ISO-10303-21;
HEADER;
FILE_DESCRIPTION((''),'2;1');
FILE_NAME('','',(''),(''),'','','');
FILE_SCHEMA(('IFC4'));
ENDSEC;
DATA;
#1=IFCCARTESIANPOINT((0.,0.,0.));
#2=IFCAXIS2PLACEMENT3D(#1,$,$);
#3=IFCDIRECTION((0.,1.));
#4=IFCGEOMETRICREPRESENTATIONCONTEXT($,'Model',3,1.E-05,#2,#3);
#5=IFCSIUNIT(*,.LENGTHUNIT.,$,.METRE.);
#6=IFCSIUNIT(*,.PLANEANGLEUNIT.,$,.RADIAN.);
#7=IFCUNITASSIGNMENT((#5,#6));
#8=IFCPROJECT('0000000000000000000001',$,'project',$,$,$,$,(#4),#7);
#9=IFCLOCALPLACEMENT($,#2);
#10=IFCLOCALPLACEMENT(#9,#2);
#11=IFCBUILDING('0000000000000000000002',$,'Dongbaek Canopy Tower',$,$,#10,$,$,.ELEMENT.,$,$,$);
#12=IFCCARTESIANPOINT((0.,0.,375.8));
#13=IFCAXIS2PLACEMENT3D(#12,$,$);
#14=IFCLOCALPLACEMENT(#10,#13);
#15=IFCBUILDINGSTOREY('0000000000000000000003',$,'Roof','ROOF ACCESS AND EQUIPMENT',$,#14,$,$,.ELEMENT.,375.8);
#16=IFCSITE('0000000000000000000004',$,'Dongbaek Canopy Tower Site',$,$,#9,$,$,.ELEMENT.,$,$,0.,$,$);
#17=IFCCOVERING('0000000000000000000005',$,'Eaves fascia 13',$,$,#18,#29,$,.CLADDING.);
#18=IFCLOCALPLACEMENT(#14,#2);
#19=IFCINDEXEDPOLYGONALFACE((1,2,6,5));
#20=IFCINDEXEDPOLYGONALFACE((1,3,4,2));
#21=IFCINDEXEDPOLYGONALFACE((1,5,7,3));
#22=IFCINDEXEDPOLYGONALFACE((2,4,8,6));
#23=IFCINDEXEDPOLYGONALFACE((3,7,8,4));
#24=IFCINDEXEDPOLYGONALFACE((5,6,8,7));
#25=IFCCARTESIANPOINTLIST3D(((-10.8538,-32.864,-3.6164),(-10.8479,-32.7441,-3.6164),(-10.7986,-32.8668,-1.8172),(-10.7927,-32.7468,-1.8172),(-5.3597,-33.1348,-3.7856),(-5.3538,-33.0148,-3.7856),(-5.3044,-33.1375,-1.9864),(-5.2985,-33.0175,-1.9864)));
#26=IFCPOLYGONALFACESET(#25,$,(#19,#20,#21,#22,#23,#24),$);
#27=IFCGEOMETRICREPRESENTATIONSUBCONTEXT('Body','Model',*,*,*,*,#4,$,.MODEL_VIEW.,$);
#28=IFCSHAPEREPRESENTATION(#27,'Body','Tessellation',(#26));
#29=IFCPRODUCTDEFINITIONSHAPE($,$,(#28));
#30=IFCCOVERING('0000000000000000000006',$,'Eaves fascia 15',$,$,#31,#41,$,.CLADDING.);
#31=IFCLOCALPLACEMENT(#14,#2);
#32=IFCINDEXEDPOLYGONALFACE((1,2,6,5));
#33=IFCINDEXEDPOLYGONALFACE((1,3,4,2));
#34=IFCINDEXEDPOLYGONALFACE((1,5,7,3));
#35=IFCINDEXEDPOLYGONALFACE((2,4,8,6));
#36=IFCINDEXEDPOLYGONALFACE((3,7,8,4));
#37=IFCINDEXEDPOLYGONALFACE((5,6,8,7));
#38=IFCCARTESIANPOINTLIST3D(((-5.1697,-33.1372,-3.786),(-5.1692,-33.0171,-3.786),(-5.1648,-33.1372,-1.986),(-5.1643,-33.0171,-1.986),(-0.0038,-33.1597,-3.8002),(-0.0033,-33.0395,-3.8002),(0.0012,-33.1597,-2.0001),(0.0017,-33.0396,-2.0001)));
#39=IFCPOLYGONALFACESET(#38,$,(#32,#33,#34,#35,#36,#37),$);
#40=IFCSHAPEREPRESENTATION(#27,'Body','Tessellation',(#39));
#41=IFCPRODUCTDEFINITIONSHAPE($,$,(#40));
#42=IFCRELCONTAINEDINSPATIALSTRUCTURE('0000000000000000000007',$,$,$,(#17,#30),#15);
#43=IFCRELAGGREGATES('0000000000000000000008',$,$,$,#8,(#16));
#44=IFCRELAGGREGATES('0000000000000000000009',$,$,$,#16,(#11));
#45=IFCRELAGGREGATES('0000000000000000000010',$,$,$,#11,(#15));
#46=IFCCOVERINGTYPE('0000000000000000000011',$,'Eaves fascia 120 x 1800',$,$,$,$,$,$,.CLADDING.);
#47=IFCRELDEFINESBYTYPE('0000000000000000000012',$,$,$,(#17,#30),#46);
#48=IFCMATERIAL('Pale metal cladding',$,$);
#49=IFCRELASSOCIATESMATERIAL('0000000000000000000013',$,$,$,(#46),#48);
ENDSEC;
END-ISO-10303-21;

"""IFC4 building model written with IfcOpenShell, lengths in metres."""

from ifc_helpers import new_model, si_unit, direction, frame, origin, origin_2d, place, context, subcontext, project, spatial, rectangle, extrude, material, material_profile, profile_set, type_object, element, save


model = new_model("IFC4")

# Units and contexts
model_context = context("Model", 3, precision=1e-05, world=origin(), true_north=direction((0.0, 1.0)))
body_context = subcontext(model_context, "Body", "Model", "MODEL_VIEW")
ifc_project = project(units=[si_unit("LENGTHUNIT", "METRE"), si_unit("PLANEANGLEUNIT", "RADIAN")], contexts=[model_context])

# Site, building, storey
site_placement = place(None, origin())
site = spatial("IfcSite", under=ifc_project, at=site_placement, Name="Dongbaek Canopy Tower Site", CompositionType="ELEMENT", RefElevation=0.0)
building_placement = place(site_placement, origin())
building = spatial("IfcBuilding", under=site, at=building_placement, Name="Dongbaek Canopy Tower", CompositionType="ELEMENT")
storey_placement = place(building_placement, frame((0.0, 0.0, 375.8)))
storey = spatial("IfcBuildingStorey", under=building, at=storey_placement, Name="Roof", Description="ROOF ACCESS AND EQUIPMENT", CompositionType="ELEMENT", Elevation=375.8)

# Coverings
ifc_material_1 = material(Name="Pale metal cladding")
ifc_material_profile_1 = material_profile(ifc_material_1, rectangle(XDim=0.1201, YDim=1.8, at=origin_2d()), Name="Eaves fascia 120 x 1800")
ifc_profile_set_1 = profile_set([ifc_material_profile_1], Name="Pale metal cladding")
covering_type = type_object("IfcCoveringType", Name="Eaves fascia 120 x 1800", PredefinedType="CLADDING", material=ifc_profile_set_1)
covering_1_placement = place(storey_placement, frame((-10.8232, -32.8054, -2.7168), z_axis=(0.998316, -0.049197, -0.030743), x_axis=(0.04922, 0.998788, 0.0)))
element("IfcCovering", 1, at=covering_1_placement, inside=storey, type_object=covering_type, Name="Eaves fascia 13", PredefinedType="CLADDING", context=body_context, shape_type="SweptSolid", body=[
    extrude(rectangle(XDim=0.1201, YDim=1.8, at=origin_2d()), origin(), (0.0, 0.0, 1.0), 5.5034),
])
covering_2_placement = place(storey_placement, frame((-5.167, -33.0771, -2.886), z_axis=(0.999987, -0.004348, -0.002741), x_axis=(0.004348, 0.999991, 0.0)))
element("IfcCovering", 2, at=covering_2_placement, inside=storey, type_object=covering_type, Name="Eaves fascia 15", PredefinedType="CLADDING", context=body_context, shape_type="SweptSolid", body=[
    extrude(rectangle(XDim=0.1201, YDim=1.8, at=origin_2d()), origin(), (0.0, 0.0, 1.0), 5.166),
])

save(model, "model.ifc")
